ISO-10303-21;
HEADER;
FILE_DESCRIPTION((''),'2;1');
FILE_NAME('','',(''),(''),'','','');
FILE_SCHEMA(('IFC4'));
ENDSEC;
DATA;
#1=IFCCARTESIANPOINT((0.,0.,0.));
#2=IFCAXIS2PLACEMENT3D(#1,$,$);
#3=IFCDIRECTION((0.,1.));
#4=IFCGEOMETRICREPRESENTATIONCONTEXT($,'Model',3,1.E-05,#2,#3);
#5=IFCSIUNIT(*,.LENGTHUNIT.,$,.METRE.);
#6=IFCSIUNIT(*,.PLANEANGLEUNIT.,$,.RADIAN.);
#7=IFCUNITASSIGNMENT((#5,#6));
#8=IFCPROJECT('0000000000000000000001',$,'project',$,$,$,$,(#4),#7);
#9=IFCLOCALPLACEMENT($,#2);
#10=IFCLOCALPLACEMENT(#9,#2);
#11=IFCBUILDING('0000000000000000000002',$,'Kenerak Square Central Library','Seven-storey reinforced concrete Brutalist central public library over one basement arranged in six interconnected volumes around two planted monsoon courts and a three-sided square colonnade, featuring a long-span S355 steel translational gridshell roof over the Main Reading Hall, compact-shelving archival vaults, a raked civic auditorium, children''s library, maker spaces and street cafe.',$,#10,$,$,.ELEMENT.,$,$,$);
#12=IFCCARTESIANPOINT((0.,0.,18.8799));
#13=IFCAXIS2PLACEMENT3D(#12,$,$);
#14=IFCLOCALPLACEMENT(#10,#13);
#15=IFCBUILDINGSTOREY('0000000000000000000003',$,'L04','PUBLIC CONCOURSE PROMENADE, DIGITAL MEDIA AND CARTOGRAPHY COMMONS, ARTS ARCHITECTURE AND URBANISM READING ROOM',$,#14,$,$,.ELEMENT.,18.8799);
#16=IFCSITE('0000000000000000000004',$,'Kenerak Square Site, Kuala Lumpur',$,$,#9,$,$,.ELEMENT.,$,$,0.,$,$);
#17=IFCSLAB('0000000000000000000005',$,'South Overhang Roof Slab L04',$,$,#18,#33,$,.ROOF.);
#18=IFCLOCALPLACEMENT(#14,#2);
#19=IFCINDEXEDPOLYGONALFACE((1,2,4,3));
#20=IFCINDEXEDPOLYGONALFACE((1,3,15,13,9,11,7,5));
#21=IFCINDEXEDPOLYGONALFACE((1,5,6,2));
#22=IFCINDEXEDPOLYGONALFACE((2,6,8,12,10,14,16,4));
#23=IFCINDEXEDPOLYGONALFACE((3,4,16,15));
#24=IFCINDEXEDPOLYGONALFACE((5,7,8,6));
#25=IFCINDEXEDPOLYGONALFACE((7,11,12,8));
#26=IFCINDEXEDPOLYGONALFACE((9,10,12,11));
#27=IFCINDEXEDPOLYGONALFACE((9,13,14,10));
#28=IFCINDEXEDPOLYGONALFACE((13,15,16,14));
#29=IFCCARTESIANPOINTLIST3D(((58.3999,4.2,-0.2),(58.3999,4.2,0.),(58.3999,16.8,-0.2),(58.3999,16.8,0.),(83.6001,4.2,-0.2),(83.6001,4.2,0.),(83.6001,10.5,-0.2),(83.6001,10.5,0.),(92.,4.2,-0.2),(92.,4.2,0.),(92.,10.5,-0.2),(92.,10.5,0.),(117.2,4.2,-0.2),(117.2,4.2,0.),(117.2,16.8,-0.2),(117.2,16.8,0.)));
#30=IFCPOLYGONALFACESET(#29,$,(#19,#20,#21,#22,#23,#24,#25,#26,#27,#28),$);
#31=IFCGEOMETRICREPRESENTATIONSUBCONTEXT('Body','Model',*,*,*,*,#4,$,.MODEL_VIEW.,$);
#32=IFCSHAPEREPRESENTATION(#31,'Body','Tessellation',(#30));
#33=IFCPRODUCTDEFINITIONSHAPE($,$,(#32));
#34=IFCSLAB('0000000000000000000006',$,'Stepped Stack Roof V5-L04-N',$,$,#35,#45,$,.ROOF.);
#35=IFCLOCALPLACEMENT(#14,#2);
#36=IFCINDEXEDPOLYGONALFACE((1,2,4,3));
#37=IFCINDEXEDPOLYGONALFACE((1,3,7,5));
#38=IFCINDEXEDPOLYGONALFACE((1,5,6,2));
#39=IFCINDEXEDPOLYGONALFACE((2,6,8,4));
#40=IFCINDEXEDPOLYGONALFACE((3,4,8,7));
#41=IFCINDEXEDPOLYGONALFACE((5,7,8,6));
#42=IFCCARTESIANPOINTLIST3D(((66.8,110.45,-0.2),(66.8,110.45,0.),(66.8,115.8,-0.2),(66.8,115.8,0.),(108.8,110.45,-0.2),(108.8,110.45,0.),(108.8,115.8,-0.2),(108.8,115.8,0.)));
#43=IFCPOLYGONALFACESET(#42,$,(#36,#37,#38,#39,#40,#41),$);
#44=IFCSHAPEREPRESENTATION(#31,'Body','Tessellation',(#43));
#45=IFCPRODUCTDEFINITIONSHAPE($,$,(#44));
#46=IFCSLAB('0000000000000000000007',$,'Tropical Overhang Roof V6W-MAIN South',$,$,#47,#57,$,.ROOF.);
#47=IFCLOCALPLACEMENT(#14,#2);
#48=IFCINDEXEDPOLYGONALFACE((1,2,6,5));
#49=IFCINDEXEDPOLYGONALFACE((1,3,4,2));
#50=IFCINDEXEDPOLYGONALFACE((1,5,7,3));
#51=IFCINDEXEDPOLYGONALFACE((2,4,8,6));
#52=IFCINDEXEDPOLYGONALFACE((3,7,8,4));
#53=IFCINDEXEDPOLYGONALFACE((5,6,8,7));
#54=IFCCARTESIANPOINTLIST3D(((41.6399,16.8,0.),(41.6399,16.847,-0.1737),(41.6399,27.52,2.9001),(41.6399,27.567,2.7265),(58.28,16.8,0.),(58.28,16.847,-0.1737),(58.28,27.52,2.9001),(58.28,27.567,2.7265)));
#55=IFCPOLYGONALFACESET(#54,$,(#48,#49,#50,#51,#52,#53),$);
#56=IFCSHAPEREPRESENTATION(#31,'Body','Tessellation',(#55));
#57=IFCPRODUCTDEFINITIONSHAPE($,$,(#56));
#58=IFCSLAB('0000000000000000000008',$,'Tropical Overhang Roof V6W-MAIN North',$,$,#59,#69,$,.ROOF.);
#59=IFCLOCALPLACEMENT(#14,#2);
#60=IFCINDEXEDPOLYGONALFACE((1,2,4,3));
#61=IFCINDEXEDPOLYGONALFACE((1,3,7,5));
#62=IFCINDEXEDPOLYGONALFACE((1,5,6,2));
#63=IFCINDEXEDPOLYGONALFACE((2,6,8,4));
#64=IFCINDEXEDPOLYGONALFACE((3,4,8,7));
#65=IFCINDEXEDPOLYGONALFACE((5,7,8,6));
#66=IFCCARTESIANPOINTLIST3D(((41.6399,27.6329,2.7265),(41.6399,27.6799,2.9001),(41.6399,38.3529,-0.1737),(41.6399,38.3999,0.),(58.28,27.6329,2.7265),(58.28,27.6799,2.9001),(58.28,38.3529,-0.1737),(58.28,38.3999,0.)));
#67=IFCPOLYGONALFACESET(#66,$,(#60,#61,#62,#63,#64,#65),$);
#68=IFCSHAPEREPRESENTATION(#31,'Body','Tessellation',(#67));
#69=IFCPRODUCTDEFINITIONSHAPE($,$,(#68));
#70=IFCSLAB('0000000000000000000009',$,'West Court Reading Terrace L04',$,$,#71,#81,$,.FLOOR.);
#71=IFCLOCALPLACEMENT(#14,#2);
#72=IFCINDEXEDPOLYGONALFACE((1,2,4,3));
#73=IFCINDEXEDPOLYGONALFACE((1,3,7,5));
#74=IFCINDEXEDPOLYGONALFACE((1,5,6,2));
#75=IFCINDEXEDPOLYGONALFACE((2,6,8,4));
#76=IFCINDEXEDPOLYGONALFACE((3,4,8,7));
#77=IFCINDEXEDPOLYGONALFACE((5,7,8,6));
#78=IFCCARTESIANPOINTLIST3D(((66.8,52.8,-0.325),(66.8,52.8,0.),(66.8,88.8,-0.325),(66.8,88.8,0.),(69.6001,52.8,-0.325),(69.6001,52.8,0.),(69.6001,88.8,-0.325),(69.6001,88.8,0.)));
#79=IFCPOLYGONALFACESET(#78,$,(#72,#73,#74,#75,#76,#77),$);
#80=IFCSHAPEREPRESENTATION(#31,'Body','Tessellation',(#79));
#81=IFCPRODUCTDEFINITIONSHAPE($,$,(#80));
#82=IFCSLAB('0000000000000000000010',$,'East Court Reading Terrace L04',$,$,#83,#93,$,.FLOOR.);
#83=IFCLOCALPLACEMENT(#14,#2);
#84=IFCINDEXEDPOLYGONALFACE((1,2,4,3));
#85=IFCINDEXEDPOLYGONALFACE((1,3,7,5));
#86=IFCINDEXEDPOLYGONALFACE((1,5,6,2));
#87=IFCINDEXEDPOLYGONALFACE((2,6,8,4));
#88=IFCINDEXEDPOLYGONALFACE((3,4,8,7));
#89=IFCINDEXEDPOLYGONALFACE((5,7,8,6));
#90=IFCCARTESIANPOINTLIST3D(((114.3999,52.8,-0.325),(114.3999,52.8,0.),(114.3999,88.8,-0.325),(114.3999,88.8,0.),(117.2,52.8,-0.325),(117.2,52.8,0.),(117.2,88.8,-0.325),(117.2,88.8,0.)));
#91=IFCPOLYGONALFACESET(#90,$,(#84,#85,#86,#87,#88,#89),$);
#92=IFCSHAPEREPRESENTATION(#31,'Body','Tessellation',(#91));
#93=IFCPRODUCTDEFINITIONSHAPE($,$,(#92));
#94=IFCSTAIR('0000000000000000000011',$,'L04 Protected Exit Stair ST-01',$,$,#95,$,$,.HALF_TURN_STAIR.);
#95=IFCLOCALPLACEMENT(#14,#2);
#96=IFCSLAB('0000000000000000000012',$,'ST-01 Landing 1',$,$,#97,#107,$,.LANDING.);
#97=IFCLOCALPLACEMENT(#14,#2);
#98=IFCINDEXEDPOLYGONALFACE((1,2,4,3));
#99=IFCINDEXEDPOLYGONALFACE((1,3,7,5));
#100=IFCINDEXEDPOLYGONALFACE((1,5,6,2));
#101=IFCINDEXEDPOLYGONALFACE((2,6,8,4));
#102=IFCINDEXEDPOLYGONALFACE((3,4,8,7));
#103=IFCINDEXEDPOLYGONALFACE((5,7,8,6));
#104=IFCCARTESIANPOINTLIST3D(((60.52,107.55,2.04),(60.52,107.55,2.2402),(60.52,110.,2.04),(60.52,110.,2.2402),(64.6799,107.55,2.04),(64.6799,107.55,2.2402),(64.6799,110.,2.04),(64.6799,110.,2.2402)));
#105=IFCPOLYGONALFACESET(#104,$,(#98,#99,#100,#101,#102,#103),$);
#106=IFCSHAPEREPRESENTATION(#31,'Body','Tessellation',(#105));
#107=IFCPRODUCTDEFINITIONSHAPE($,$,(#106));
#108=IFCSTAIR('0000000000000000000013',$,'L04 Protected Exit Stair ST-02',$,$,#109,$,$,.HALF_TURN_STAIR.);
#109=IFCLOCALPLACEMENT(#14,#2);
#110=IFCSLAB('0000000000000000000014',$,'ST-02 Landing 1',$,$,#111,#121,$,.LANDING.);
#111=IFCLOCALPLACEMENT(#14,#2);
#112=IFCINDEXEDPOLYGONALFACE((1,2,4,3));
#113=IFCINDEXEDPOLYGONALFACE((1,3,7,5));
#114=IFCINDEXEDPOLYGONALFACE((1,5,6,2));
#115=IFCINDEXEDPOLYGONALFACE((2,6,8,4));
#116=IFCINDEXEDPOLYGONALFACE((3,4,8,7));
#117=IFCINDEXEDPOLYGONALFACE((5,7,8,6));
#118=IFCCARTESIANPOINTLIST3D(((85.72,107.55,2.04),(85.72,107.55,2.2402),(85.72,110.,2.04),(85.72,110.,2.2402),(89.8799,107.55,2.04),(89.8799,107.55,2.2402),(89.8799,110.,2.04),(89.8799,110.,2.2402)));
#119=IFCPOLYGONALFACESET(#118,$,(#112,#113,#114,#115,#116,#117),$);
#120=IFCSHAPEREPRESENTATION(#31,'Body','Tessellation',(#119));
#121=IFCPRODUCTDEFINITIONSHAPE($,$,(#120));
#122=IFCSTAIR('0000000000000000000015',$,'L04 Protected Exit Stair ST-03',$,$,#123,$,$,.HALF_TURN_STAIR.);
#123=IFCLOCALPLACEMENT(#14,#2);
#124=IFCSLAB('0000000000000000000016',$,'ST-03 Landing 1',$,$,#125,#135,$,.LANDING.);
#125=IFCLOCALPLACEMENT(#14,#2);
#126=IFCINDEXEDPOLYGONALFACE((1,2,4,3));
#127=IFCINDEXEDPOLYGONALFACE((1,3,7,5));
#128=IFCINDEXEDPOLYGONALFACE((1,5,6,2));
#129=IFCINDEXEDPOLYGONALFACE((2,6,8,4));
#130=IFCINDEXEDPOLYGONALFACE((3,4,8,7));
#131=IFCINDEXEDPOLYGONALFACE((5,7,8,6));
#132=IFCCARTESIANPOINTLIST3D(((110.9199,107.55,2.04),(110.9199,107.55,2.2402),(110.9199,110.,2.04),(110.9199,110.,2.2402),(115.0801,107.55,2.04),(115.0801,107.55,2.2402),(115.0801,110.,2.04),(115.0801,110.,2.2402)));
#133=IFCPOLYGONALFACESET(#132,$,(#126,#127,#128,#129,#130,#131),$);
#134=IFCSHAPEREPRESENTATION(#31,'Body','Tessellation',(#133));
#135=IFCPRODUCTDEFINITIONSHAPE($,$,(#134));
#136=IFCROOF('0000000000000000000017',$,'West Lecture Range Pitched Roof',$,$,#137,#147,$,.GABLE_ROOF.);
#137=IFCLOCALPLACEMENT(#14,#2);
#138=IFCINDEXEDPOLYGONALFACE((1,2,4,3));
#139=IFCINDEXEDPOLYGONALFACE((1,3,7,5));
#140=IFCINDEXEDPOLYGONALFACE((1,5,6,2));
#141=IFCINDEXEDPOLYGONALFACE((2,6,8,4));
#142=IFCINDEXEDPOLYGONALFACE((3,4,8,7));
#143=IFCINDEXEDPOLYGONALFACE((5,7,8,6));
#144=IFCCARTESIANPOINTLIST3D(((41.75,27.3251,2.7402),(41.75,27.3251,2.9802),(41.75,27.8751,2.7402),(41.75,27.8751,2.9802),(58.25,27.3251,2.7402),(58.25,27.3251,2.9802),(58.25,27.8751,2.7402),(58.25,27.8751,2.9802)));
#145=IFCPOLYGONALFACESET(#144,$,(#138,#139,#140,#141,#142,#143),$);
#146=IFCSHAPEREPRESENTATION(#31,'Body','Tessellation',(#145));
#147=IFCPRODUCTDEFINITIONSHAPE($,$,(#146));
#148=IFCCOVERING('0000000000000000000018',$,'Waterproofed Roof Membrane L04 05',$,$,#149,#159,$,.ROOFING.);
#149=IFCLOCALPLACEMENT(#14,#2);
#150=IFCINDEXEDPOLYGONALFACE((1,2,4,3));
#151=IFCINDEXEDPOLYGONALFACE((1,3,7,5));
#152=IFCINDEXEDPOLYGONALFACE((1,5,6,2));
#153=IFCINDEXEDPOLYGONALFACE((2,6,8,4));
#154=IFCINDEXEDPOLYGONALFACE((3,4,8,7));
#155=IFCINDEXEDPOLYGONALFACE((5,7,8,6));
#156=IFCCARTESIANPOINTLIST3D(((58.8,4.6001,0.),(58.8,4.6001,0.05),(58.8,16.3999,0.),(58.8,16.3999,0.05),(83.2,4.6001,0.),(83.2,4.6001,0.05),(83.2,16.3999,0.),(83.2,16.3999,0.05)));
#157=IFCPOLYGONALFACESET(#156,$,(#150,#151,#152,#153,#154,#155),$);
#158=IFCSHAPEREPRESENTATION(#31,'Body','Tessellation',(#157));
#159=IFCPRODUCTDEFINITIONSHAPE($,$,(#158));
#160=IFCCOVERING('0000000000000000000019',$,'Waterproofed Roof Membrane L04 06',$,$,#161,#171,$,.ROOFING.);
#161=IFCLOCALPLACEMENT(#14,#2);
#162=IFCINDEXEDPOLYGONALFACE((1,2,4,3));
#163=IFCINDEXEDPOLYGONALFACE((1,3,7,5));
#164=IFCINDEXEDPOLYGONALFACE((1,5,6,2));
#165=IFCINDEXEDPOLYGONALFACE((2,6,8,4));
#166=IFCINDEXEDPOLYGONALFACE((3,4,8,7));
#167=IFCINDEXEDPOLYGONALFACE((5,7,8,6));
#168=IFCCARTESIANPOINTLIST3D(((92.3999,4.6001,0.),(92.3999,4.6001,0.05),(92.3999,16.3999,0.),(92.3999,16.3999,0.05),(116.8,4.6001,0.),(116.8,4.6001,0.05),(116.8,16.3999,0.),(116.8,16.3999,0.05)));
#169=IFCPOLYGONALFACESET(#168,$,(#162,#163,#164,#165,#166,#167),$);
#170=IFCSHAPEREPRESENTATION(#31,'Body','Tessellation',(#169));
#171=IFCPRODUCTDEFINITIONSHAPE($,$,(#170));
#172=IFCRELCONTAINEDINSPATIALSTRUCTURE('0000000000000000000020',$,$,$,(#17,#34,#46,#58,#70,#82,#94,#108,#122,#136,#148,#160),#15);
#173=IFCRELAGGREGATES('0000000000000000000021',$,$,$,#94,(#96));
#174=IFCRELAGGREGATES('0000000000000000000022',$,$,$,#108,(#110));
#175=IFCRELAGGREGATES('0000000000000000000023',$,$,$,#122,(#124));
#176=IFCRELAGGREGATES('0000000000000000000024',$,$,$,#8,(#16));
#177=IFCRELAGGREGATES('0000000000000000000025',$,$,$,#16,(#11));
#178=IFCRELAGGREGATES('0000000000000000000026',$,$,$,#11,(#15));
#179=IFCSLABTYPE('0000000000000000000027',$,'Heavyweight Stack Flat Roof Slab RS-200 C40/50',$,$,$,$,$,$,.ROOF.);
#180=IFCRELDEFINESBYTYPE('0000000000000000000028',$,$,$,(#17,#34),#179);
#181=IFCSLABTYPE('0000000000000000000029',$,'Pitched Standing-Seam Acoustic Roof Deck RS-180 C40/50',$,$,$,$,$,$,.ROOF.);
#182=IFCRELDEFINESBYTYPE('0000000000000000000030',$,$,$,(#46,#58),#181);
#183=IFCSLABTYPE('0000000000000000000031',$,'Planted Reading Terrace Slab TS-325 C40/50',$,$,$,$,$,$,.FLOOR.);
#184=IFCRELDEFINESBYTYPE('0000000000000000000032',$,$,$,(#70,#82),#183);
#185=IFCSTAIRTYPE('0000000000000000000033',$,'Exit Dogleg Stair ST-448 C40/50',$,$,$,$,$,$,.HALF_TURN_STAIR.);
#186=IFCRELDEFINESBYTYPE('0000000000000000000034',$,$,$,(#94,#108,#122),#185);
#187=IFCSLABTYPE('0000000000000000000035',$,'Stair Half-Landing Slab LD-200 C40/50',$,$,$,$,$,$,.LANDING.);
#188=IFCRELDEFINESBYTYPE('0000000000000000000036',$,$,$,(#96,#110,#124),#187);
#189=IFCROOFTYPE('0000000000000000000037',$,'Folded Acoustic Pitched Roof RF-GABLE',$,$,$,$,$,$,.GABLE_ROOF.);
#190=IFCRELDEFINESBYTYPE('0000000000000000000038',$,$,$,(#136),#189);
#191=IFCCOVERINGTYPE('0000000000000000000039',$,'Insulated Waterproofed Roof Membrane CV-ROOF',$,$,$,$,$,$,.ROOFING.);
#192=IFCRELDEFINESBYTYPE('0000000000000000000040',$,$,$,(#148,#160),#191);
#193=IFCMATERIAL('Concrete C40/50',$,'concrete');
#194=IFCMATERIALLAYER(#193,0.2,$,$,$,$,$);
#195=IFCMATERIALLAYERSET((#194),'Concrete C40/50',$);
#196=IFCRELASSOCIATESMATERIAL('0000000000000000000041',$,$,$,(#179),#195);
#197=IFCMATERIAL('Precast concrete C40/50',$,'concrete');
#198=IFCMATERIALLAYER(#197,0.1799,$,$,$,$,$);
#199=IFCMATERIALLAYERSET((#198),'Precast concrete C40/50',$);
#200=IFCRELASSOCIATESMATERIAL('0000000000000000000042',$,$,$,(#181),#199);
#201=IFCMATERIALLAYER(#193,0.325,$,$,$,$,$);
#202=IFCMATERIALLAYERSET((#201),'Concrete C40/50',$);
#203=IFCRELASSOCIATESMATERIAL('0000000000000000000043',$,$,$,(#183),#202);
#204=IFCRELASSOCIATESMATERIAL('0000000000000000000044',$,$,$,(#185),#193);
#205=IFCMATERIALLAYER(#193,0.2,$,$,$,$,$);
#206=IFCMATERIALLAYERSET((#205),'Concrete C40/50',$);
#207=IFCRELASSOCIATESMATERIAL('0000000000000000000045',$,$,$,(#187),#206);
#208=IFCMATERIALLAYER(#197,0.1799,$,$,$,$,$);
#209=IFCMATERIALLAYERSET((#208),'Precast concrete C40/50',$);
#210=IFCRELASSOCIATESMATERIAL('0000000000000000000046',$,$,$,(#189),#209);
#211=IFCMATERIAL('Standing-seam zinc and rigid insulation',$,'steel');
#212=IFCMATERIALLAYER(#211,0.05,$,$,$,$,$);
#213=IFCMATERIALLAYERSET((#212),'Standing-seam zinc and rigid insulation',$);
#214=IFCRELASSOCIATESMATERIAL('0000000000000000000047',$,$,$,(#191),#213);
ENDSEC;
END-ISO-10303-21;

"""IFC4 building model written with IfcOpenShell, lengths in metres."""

from ifc_helpers import new_model, si_unit, direction, frame, origin, origin_2d, place, context, subcontext, project, spatial, polyline, rectangle, outline, extrude, material, layer, layer_set, type_object, element, aggregate, save


model = new_model("IFC4")

# Units and contexts
model_context = context("Model", 3, precision=1e-05, world=origin(), true_north=direction((0.0, 1.0)))
body_context = subcontext(model_context, "Body", "Model", "MODEL_VIEW")
ifc_project = project(units=[si_unit("LENGTHUNIT", "METRE"), si_unit("PLANEANGLEUNIT", "RADIAN")], contexts=[model_context])

# Site, building, storey
site_placement = place(None, origin())
site = spatial("IfcSite", under=ifc_project, at=site_placement, Name="Kenerak Square Site, Kuala Lumpur", CompositionType="ELEMENT", RefElevation=0.0)
building_placement = place(site_placement, origin())
building = spatial("IfcBuilding", under=site, at=building_placement, Name="Kenerak Square Central Library", Description="Seven-storey reinforced concrete Brutalist central public library over one basement arranged in six interconnected volumes around two planted monsoon courts and a three-sided square colonnade, featuring a long-span S355 steel translational gridshell roof over the Main Reading Hall, compact-shelving archival vaults, a raked civic auditorium, children's library, maker spaces and street cafe.", CompositionType="ELEMENT")
storey_placement = place(building_placement, frame((0.0, 0.0, 18.8799)))
storey = spatial("IfcBuildingStorey", under=building, at=storey_placement, Name="L04", Description="PUBLIC CONCOURSE PROMENADE, DIGITAL MEDIA AND CARTOGRAPHY COMMONS, ARTS ARCHITECTURE AND URBANISM READING ROOM", CompositionType="ELEMENT", Elevation=18.8799)

# Shared definitions
ifc_material_1 = material(Name="Concrete C40/50", Category="concrete")

# Slabs
ifc_layer_1 = layer(ifc_material_1, 0.2)
ifc_layer_set_1 = layer_set([ifc_layer_1], Name="Concrete C40/50")
slab_type_1 = type_object("IfcSlabType", Name="Heavyweight Stack Flat Roof Slab RS-200 C40/50", PredefinedType="ROOF", material=ifc_layer_set_1)
slab_1_placement = place(storey_placement, frame((0.0, 0.0, -0.2)))
element("IfcSlab", 1, at=slab_1_placement, inside=storey, type_object=slab_type_1, Name="South Overhang Roof Slab L04", PredefinedType="ROOF", context=body_context, shape_type="SweptSolid", body=[
    extrude(outline(polyline([(58.3999, 4.2), (58.3999, 16.8), (117.2, 16.8), (117.2, 4.2), (92.0, 4.2), (92.0, 10.5), (83.6001, 10.5), (83.6001, 4.2), (58.3999, 4.2)])), origin(), (0.0, 0.0, 1.0), 0.2),
])
slab_2_placement = place(storey_placement, frame((0.0, 0.0, -0.2)))
element("IfcSlab", 2, at=slab_2_placement, inside=storey, type_object=slab_type_1, Name="Stepped Stack Roof V5-L04-N", PredefinedType="ROOF", context=body_context, shape_type="SweptSolid", body=[
    extrude(outline(polyline([(66.8, 110.45), (108.8, 110.45), (108.8, 115.8), (66.8, 115.8), (66.8, 110.45)])), origin(), (0.0, 0.0, 1.0), 0.2),
])
ifc_material_2 = material(Name="Precast concrete C40/50", Category="concrete")
ifc_layer_2 = layer(ifc_material_2, 0.1799)
ifc_layer_set_2 = layer_set([ifc_layer_2], Name="Precast concrete C40/50")
slab_type_2 = type_object("IfcSlabType", Name="Pitched Standing-Seam Acoustic Roof Deck RS-180 C40/50", PredefinedType="ROOF", material=ifc_layer_set_2)
for number, where, z_axis, x_axis, name in (
    (3, (41.6399, 16.8, 0.0), (0.0, -0.261149, 0.965299), (1.0, 0.0, 0.0), "Tropical Overhang Roof V6W-MAIN South"),
    (4, (41.6399, 27.6799, 2.9001), (0.0, 0.261149, 0.965299), (1.0, 0.0, 0.0), "Tropical Overhang Roof V6W-MAIN North"),
):
    element("IfcSlab", number, at=place(storey_placement, frame(where, z_axis=z_axis, x_axis=x_axis)), inside=storey, type_object=slab_type_2, Name=name, PredefinedType="ROOF", context=body_context, shape_type="SweptSolid", body=[
        extrude(outline(polyline([(0.0, 0.0), (16.6401, 0.0), (16.6401, 11.1053), (0.0, 11.1053), (0.0, 0.0)])), origin(), (0.0, 0.0, -1.0), 0.1799),
    ])
ifc_layer_3 = layer(ifc_material_1, 0.325)
ifc_layer_set_3 = layer_set([ifc_layer_3], Name="Concrete C40/50")
slab_type_3 = type_object("IfcSlabType", Name="Planted Reading Terrace Slab TS-325 C40/50", PredefinedType="FLOOR", material=ifc_layer_set_3)
slab_3_placement = place(storey_placement, frame((0.0, 0.0, -0.325)))
element("IfcSlab", 5, at=slab_3_placement, inside=storey, type_object=slab_type_3, Name="West Court Reading Terrace L04", PredefinedType="FLOOR", context=body_context, shape_type="SweptSolid", body=[
    extrude(outline(polyline([(66.8, 52.8), (69.6001, 52.8), (69.6001, 88.8), (66.8, 88.8), (66.8, 52.8)])), origin(), (0.0, 0.0, 1.0), 0.325),
])
slab_4_placement = place(storey_placement, frame((0.0, 0.0, -0.325)))
element("IfcSlab", 6, at=slab_4_placement, inside=storey, type_object=slab_type_3, Name="East Court Reading Terrace L04", PredefinedType="FLOOR", context=body_context, shape_type="SweptSolid", body=[
    extrude(outline(polyline([(114.3999, 52.8), (117.2, 52.8), (117.2, 88.8), (114.3999, 88.8), (114.3999, 52.8)])), origin(), (0.0, 0.0, 1.0), 0.325),
])

# Stairs, slabs
stair_type = type_object("IfcStairType", Name="Exit Dogleg Stair ST-448 C40/50", PredefinedType="HALF_TURN_STAIR", material=ifc_material_1)
stair_1_placement = place(storey_placement, origin())
stair_1 = element("IfcStair", 7, at=stair_1_placement, inside=storey, type_object=stair_type, Name="L04 Protected Exit Stair ST-01", PredefinedType="HALF_TURN_STAIR")
ifc_layer_4 = layer(ifc_material_1, 0.2)
ifc_layer_set_4 = layer_set([ifc_layer_4], Name="Concrete C40/50")
slab_type_4 = type_object("IfcSlabType", Name="Stair Half-Landing Slab LD-200 C40/50", PredefinedType="LANDING", material=ifc_layer_set_4)
slab_5_placement = place(storey_placement, frame((0.0, 0.0, 2.04)))
slab_5 = element("IfcSlab", 8, at=slab_5_placement, type_object=slab_type_4, Name="ST-01 Landing 1", PredefinedType="LANDING", context=body_context, shape_type="SweptSolid", body=[
    extrude(outline(polyline([(64.6799, 107.55), (64.6799, 110.0), (60.52, 110.0), (60.52, 107.55), (64.6799, 107.55)])), origin(), (0.0, 0.0, 1.0), 0.2002),
])
aggregate(stair_1, [slab_5])
stair_2_placement = place(storey_placement, origin())
stair_2 = element("IfcStair", 9, at=stair_2_placement, inside=storey, type_object=stair_type, Name="L04 Protected Exit Stair ST-02", PredefinedType="HALF_TURN_STAIR")
slab_6_placement = place(storey_placement, frame((0.0, 0.0, 2.04)))
slab_6 = element("IfcSlab", 10, at=slab_6_placement, type_object=slab_type_4, Name="ST-02 Landing 1", PredefinedType="LANDING", context=body_context, shape_type="SweptSolid", body=[
    extrude(outline(polyline([(89.8799, 107.55), (89.8799, 110.0), (85.72, 110.0), (85.72, 107.55), (89.8799, 107.55)])), origin(), (0.0, 0.0, 1.0), 0.2002),
])
aggregate(stair_2, [slab_6])
stair_3_placement = place(storey_placement, origin())
stair_3 = element("IfcStair", 11, at=stair_3_placement, inside=storey, type_object=stair_type, Name="L04 Protected Exit Stair ST-03", PredefinedType="HALF_TURN_STAIR")
slab_7_placement = place(storey_placement, frame((0.0, 0.0, 2.04)))
slab_7 = element("IfcSlab", 12, at=slab_7_placement, type_object=slab_type_4, Name="ST-03 Landing 1", PredefinedType="LANDING", context=body_context, shape_type="SweptSolid", body=[
    extrude(outline(polyline([(115.0801, 107.55), (115.0801, 110.0), (110.9199, 110.0), (110.9199, 107.55), (115.0801, 107.55)])), origin(), (0.0, 0.0, 1.0), 0.2002),
])
aggregate(stair_3, [slab_7])

# Roof
ifc_layer_5 = layer(ifc_material_2, 0.1799)
ifc_layer_set_5 = layer_set([ifc_layer_5], Name="Precast concrete C40/50")
roof_type = type_object("IfcRoofType", Name="Folded Acoustic Pitched Roof RF-GABLE", PredefinedType="GABLE_ROOF", material=ifc_layer_set_5)
roof_placement = place(storey_placement, frame((50.0, 27.6001, 2.7402), z_axis=(0.0, 0.0, 1.0), x_axis=(1.0, 0.0, 0.0)))
element("IfcRoof", 13, at=roof_placement, inside=storey, type_object=roof_type, Name="West Lecture Range Pitched Roof", PredefinedType="GABLE_ROOF", context=body_context, shape_type="SweptSolid", body=[
    extrude(rectangle(XDim=16.5, YDim=0.55, at=origin_2d()), origin(), (0.0, 0.0, 1.0), 0.24),
])

# Coverings
ifc_material_3 = material(Name="Standing-seam zinc and rigid insulation", Category="steel")
ifc_layer_6 = layer(ifc_material_3, 0.05)
ifc_layer_set_6 = layer_set([ifc_layer_6], Name="Standing-seam zinc and rigid insulation")
covering_type = type_object("IfcCoveringType", Name="Insulated Waterproofed Roof Membrane CV-ROOF", PredefinedType="ROOFING", material=ifc_layer_set_6)
covering_1_placement = place(storey_placement, origin())
element("IfcCovering", 14, at=covering_1_placement, inside=storey, type_object=covering_type, Name="Waterproofed Roof Membrane L04 05", PredefinedType="ROOFING", context=body_context, shape_type="SweptSolid", body=[
    extrude(outline(polyline([(58.8, 4.6001), (83.2, 4.6001), (83.2, 16.3999), (58.8, 16.3999), (58.8, 4.6001)])), origin(), (0.0, 0.0, 1.0), 0.05),
])
covering_2_placement = place(storey_placement, origin())
element("IfcCovering", 15, at=covering_2_placement, inside=storey, type_object=covering_type, Name="Waterproofed Roof Membrane L04 06", PredefinedType="ROOFING", context=body_context, shape_type="SweptSolid", body=[
    extrude(outline(polyline([(92.3999, 4.6001), (116.8, 4.6001), (116.8, 16.3999), (92.3999, 16.3999), (92.3999, 4.6001)])), origin(), (0.0, 0.0, 1.0), 0.05),
])

save(model, "model.ifc")
